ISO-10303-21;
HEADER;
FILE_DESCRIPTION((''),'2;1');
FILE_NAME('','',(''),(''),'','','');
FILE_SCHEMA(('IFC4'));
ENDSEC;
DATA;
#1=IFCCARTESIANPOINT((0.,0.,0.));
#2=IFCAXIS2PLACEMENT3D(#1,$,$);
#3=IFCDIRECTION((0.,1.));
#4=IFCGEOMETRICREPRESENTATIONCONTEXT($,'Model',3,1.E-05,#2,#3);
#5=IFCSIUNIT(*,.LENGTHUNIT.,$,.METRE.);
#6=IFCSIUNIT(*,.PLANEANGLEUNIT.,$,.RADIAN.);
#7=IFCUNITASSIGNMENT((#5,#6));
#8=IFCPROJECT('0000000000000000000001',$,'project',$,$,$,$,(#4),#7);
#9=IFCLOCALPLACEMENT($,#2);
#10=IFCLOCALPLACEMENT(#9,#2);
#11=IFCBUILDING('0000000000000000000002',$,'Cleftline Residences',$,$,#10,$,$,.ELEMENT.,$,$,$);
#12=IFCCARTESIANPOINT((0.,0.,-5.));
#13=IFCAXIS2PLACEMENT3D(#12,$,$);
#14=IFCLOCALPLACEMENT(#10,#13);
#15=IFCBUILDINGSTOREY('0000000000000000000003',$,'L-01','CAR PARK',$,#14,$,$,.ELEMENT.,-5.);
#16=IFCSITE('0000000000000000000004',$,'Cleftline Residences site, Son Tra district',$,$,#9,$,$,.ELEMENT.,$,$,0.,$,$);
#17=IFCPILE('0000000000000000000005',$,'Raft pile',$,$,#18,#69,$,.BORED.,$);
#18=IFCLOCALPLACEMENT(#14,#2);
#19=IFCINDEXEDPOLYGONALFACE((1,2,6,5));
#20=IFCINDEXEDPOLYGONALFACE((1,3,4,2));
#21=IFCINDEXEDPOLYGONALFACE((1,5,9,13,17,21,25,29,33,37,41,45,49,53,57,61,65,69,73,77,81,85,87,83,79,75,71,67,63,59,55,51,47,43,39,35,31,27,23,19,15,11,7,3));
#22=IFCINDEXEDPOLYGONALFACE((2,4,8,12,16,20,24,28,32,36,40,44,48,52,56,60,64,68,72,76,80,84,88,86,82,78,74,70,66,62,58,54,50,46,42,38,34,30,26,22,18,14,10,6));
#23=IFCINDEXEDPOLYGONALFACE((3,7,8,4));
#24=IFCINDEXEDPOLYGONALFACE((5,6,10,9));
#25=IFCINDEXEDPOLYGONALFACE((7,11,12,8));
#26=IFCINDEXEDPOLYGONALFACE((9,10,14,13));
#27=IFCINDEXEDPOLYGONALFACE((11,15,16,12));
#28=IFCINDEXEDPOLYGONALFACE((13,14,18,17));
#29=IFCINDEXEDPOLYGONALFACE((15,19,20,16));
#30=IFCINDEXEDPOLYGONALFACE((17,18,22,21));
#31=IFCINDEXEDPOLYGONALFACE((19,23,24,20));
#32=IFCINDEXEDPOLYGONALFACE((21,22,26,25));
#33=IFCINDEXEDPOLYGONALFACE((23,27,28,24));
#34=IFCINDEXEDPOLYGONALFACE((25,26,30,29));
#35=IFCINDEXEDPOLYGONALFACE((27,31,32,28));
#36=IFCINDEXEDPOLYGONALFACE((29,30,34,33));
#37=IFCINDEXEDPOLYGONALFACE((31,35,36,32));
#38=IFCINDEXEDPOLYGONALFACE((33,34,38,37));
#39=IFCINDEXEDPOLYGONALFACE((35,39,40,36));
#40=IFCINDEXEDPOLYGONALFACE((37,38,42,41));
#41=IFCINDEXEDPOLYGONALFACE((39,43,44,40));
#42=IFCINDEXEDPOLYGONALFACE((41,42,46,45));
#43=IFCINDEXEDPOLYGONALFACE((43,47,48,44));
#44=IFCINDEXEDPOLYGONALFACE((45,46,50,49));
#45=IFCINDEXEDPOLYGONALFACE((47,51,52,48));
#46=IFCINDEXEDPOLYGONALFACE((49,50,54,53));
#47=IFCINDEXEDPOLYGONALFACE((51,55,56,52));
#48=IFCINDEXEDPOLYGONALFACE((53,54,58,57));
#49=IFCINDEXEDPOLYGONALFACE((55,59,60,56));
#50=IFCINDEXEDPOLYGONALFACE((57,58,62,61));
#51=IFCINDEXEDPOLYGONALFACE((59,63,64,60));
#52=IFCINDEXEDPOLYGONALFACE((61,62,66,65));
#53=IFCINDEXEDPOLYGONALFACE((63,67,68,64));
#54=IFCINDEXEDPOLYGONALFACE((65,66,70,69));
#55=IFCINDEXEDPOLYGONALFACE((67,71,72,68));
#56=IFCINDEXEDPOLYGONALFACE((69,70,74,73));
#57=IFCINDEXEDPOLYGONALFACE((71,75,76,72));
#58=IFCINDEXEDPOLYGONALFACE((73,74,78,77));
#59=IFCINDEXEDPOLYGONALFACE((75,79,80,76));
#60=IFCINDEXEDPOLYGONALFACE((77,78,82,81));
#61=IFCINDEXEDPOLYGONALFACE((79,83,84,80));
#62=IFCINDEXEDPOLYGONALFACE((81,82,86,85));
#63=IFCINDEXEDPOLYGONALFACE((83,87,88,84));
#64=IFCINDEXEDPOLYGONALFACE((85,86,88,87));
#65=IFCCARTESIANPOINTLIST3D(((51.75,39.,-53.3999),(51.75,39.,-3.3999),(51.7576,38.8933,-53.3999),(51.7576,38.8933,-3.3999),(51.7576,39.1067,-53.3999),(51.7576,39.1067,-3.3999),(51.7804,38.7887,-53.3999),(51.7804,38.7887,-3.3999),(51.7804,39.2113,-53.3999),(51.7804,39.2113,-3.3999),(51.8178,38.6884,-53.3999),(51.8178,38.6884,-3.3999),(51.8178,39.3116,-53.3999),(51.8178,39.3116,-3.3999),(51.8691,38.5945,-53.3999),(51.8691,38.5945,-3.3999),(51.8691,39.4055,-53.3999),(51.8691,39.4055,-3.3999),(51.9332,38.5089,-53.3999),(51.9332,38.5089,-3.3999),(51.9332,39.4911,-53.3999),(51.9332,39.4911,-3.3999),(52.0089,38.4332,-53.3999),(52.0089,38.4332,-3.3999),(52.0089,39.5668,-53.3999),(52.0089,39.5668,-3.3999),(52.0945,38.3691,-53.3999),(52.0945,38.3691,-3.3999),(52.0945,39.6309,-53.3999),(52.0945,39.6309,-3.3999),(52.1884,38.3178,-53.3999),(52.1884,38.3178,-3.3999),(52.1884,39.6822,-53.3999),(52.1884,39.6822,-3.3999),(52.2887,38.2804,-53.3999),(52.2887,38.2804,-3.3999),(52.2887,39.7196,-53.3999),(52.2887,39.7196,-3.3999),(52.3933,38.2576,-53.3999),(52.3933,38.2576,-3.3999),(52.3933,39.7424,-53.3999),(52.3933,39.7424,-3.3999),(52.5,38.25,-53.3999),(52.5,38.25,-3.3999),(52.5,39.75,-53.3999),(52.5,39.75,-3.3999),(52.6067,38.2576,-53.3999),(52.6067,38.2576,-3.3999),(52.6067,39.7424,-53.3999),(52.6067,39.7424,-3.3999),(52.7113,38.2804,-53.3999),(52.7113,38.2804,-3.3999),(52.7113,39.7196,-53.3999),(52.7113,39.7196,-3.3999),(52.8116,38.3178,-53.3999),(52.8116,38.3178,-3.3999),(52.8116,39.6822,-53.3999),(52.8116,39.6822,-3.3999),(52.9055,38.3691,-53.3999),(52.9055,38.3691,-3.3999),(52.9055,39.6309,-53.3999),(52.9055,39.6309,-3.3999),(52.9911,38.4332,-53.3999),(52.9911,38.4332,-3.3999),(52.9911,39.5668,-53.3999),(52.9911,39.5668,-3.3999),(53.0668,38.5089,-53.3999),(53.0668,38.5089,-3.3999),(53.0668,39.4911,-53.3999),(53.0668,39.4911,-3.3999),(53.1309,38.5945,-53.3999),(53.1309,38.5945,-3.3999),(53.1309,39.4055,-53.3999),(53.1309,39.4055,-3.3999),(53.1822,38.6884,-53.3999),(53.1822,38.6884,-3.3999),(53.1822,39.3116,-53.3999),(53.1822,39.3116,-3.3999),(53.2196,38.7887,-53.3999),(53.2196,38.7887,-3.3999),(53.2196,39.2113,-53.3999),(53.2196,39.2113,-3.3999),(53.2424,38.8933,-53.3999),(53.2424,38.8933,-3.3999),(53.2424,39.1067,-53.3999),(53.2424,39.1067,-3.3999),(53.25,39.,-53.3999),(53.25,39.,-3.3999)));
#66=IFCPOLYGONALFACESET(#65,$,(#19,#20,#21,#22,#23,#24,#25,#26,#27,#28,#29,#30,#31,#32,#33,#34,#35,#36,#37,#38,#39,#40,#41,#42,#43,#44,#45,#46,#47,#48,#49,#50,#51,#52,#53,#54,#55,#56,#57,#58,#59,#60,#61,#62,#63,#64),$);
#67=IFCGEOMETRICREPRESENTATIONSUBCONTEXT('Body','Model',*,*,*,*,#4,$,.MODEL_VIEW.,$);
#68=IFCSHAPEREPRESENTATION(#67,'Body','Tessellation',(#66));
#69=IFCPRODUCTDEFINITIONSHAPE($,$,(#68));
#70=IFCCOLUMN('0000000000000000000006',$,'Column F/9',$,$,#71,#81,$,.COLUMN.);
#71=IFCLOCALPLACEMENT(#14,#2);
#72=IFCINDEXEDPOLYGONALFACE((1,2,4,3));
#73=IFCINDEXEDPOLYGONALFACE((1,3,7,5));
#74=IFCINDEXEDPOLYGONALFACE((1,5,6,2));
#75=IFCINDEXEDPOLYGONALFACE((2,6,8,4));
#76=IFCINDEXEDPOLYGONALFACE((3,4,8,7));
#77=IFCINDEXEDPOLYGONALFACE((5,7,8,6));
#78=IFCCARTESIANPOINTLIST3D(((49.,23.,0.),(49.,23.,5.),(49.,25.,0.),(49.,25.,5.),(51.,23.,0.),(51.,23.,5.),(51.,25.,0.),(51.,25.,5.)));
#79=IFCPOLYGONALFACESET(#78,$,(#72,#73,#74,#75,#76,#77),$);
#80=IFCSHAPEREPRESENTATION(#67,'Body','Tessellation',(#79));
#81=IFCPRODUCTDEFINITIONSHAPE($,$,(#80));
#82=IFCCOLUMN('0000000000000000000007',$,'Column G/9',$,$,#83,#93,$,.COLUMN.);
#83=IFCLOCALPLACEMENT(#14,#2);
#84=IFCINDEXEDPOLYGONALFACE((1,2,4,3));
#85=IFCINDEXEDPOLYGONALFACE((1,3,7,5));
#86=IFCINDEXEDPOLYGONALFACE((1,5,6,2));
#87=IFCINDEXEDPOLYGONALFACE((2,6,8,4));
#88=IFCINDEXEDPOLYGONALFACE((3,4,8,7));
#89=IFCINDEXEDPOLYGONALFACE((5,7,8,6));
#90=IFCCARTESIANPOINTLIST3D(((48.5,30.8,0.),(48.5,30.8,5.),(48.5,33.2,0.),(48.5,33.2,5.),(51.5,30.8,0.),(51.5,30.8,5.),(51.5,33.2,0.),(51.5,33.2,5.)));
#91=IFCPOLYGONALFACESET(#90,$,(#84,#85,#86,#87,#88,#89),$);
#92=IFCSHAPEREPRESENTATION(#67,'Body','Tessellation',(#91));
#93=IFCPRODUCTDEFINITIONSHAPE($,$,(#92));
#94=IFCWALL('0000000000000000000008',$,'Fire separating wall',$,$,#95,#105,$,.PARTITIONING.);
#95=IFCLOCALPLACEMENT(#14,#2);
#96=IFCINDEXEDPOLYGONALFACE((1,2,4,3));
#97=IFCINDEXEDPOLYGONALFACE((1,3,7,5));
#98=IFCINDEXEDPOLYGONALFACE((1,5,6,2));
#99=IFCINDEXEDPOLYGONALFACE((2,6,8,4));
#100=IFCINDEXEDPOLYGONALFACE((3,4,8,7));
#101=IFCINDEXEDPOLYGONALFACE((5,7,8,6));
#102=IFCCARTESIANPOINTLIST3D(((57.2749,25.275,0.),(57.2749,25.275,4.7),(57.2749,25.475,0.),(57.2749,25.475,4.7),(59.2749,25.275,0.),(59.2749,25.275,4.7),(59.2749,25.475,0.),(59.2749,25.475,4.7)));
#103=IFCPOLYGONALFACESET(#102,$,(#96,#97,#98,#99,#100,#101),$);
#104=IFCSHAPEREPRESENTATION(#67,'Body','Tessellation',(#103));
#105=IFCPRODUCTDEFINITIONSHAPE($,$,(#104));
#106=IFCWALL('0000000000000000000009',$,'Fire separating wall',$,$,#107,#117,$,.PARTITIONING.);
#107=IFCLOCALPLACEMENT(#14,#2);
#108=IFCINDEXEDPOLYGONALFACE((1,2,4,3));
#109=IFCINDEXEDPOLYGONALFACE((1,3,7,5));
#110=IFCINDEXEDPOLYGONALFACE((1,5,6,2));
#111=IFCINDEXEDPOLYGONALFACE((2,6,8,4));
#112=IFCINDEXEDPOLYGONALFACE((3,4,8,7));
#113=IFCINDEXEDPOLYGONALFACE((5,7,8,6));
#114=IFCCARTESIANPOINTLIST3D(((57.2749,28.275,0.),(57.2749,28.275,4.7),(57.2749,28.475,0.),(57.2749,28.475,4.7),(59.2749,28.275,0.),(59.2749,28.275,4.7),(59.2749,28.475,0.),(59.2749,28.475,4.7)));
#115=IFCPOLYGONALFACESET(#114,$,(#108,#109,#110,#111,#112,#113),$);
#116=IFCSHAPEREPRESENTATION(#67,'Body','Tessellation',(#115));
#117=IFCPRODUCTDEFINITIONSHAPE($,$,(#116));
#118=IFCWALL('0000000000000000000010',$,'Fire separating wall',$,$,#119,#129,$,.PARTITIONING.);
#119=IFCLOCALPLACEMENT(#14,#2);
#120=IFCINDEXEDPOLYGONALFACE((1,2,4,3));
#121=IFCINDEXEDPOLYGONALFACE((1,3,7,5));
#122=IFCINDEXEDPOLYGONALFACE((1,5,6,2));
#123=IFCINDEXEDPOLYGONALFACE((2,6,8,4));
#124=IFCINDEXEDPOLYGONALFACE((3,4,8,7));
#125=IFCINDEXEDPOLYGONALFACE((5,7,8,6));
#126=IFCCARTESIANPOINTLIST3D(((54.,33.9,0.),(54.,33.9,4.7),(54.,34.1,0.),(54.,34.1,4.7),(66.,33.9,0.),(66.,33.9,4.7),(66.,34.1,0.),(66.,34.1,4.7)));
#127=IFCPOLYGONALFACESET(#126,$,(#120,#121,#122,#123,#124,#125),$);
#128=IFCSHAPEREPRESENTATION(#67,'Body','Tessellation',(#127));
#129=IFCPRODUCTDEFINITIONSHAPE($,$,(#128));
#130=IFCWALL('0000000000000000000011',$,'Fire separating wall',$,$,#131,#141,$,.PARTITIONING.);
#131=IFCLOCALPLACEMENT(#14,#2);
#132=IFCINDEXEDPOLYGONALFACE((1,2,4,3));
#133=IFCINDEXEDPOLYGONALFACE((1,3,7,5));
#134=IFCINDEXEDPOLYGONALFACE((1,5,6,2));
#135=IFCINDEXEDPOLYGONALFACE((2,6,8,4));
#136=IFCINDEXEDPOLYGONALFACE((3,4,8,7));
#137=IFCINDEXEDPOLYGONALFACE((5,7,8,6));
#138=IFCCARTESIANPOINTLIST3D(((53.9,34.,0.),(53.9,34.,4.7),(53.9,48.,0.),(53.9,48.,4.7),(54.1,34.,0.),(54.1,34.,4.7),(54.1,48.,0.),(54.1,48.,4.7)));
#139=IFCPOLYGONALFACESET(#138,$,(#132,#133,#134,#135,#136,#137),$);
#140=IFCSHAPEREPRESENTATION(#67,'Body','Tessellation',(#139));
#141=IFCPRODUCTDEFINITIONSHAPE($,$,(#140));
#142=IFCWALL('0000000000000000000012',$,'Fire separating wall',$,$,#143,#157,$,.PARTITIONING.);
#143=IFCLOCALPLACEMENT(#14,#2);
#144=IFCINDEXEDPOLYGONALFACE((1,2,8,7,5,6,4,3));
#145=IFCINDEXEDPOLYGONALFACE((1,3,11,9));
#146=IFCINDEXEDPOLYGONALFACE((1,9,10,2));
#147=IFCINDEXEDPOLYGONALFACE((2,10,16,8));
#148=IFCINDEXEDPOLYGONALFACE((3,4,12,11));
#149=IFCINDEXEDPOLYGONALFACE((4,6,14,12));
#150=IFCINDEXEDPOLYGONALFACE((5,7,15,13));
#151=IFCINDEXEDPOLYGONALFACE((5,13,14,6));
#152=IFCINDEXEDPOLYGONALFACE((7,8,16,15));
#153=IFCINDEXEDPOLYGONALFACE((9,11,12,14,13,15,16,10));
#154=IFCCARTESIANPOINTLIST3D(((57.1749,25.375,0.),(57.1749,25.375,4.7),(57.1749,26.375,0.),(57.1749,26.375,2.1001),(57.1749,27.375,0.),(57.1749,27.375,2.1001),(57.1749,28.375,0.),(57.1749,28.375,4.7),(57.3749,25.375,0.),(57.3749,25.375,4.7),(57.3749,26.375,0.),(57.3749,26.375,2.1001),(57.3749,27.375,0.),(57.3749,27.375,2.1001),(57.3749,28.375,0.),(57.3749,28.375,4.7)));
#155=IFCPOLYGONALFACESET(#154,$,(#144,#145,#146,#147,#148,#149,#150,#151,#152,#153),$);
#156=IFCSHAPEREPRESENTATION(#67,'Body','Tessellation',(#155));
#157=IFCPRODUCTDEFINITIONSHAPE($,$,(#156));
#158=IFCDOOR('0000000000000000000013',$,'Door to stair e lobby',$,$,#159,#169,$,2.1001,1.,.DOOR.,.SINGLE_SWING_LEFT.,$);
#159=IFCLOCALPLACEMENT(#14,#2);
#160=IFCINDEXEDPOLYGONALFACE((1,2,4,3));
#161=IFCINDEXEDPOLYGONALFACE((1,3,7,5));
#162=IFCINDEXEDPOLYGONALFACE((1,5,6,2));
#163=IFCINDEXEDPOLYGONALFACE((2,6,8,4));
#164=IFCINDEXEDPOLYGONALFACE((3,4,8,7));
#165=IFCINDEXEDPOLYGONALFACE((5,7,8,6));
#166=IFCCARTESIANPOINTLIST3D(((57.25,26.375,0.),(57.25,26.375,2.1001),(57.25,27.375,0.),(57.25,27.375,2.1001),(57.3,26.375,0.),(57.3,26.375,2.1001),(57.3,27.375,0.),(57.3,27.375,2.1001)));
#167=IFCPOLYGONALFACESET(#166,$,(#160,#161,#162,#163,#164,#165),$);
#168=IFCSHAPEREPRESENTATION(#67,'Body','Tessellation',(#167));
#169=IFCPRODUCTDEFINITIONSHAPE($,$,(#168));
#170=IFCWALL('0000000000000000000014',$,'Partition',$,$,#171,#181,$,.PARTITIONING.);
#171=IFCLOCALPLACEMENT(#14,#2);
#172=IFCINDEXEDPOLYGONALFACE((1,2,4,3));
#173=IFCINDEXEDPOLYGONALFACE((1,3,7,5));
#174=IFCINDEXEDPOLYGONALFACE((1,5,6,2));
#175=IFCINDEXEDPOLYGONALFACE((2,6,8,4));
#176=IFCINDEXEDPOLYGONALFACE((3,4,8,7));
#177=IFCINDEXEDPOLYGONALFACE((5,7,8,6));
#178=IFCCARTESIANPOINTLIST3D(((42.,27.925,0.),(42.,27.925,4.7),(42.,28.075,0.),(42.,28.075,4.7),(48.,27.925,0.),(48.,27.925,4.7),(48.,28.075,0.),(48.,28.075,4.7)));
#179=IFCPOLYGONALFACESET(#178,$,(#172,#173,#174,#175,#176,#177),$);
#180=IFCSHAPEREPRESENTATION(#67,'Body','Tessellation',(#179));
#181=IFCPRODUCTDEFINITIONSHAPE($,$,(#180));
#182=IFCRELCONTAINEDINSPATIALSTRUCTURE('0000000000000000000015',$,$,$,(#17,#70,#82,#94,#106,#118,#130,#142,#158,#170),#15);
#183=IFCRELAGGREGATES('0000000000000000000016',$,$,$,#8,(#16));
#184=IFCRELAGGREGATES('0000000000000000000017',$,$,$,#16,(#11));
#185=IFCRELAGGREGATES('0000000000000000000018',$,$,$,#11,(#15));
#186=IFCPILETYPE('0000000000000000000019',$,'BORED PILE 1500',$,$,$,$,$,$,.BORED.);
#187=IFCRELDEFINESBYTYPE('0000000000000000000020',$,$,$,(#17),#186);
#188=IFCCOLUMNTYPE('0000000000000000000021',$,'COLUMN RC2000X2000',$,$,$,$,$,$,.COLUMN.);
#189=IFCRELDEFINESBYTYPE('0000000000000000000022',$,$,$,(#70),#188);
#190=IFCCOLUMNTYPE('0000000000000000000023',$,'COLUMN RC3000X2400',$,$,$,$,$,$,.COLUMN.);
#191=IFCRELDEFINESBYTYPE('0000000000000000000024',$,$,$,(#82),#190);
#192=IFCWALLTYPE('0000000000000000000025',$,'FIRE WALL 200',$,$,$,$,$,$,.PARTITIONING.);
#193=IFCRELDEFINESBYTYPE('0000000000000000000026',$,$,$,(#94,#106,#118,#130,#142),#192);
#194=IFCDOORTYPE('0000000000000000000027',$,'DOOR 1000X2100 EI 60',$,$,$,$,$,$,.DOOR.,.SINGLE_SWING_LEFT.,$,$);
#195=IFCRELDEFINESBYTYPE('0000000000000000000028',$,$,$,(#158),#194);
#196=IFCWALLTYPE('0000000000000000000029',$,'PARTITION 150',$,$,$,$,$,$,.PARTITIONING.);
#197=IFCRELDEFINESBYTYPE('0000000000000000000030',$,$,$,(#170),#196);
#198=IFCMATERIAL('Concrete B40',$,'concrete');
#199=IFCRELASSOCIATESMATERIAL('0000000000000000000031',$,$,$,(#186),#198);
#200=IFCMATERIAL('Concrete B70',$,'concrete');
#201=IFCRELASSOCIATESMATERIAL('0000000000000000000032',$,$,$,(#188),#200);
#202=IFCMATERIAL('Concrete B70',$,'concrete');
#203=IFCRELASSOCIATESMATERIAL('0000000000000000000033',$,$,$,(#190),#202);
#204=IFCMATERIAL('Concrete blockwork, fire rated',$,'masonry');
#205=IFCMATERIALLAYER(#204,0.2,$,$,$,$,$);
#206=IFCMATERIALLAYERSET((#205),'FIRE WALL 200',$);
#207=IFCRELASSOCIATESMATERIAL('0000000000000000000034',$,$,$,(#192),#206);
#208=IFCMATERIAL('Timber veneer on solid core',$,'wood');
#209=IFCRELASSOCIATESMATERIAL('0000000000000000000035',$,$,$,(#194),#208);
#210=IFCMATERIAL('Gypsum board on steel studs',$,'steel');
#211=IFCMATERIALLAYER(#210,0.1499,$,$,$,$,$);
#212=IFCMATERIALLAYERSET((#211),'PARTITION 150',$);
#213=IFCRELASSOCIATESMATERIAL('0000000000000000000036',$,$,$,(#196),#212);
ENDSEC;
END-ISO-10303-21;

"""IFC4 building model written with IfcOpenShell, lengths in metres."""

from ifc_helpers import new_model, si_unit, direction, frame, frame_2d, origin, origin_2d, place, context, subcontext, project, spatial, rectangle, circle, extrude, material, layer, layer_set, material_profile, profile_set, type_object, element, fill, save


model = new_model("IFC4")

# Units and contexts
model_context = context("Model", 3, precision=1e-05, world=origin(), true_north=direction((0.0, 1.0)))
body_context = subcontext(model_context, "Body", "Model", "MODEL_VIEW")
ifc_project = project(units=[si_unit("LENGTHUNIT", "METRE"), si_unit("PLANEANGLEUNIT", "RADIAN")], contexts=[model_context])

# Site, building, storey
site_placement = place(None, origin())
site = spatial("IfcSite", under=ifc_project, at=site_placement, Name="Cleftline Residences site, Son Tra district", CompositionType="ELEMENT", RefElevation=0.0)
building_placement = place(site_placement, origin())
building = spatial("IfcBuilding", under=site, at=building_placement, Name="Cleftline Residences", CompositionType="ELEMENT")
storey_placement = place(building_placement, frame((0.0, 0.0, -5.0)))
storey = spatial("IfcBuildingStorey", under=building, at=storey_placement, Name="L-01", Description="CAR PARK", CompositionType="ELEMENT", Elevation=-5.0)

# Pile
ifc_material_1 = material(Name="Concrete B40", Category="concrete")
ifc_material_profile_1 = material_profile(ifc_material_1, circle(Radius=0.75, at=origin_2d()))
ifc_profile_set_1 = profile_set([ifc_material_profile_1], Name="Concrete B40")
pile_type = type_object("IfcPileType", Name="BORED PILE 1500", PredefinedType="BORED", material=ifc_profile_set_1)
for number, where, z_axis, x_axis, name in (
    (1, (52.5, 39.0, -3.3999), (0.0, 0.0, -1.0), (1.0, 0.0, 0.0), "Raft pile"),
):
    element("IfcPile", number, at=place(storey_placement, frame(where, z_axis=z_axis, x_axis=x_axis)), inside=storey, type_object=pile_type, Name=name, PredefinedType="BORED", context=body_context, shape_type="SweptSolid", body=[
        extrude(circle(Radius=0.75, at=origin_2d()), origin(), (0.0, 0.0, 1.0), 50.0),
    ])

# Columns
ifc_material_2 = material(Name="Concrete B70", Category="concrete")
ifc_material_profile_2 = material_profile(ifc_material_2, rectangle(XDim=2.0, YDim=2.0, at=origin_2d()))
ifc_profile_set_2 = profile_set([ifc_material_profile_2], Name="Concrete B70")
column_type_1 = type_object("IfcColumnType", Name="COLUMN RC2000X2000", PredefinedType="COLUMN", material=ifc_profile_set_2)
column_1_placement = place(storey_placement, frame((50.0, 24.0, 0.0), z_axis=(0.0, 0.0, 1.0), x_axis=(1.0, 0.0, 0.0)))
element("IfcColumn", 2, at=column_1_placement, inside=storey, type_object=column_type_1, Name="Column F/9", PredefinedType="COLUMN", context=body_context, shape_type="SweptSolid", body=[
    extrude(rectangle(XDim=2.0, YDim=2.0, at=origin_2d()), origin(), (0.0, 0.0, 1.0), 5.0),
])
ifc_material_3 = material(Name="Concrete B70", Category="concrete")
ifc_material_profile_3 = material_profile(ifc_material_3, rectangle(XDim=3.0, YDim=2.3999, at=origin_2d()))
ifc_profile_set_3 = profile_set([ifc_material_profile_3], Name="Concrete B70")
column_type_2 = type_object("IfcColumnType", Name="COLUMN RC3000X2400", PredefinedType="COLUMN", material=ifc_profile_set_3)
column_2_placement = place(storey_placement, frame((50.0, 32.0, 0.0), z_axis=(0.0, 0.0, 1.0), x_axis=(1.0, 0.0, 0.0)))
element("IfcColumn", 3, at=column_2_placement, inside=storey, type_object=column_type_2, Name="Column G/9", PredefinedType="COLUMN", context=body_context, shape_type="SweptSolid", body=[
    extrude(rectangle(XDim=3.0, YDim=2.3999, at=origin_2d()), origin(), (0.0, 0.0, 1.0), 5.0),
])

# Walls
ifc_material_4 = material(Name="Concrete blockwork, fire rated", Category="masonry")
ifc_layer_1 = layer(ifc_material_4, 0.2)
ifc_layer_set_1 = layer_set([ifc_layer_1], Name="FIRE WALL 200")
wall_type_1 = type_object("IfcWallType", Name="FIRE WALL 200", PredefinedType="PARTITIONING", material=ifc_layer_set_1)
for number, where, z_axis, x_axis, name in (
    (4, (57.2749, 25.375, 0.0), (0.0, 0.0, 1.0), (1.0, 0.0, 0.0), "Fire separating wall"),
    (5, (57.2749, 28.375, 0.0), (0.0, 0.0, 1.0), (1.0, 0.0, 0.0), "Fire separating wall"),
):
    element("IfcWall", number, at=place(storey_placement, frame(where, z_axis=z_axis, x_axis=x_axis)), inside=storey, type_object=wall_type_1, Name=name, PredefinedType="PARTITIONING", context=body_context, shape_type="SweptSolid", body=[
        extrude(rectangle(XDim=2.0, YDim=0.2, at=frame_2d((1.0, 0.0))), origin(), (0.0, 0.0, 1.0), 4.7),
    ])
wall_1_placement = place(storey_placement, frame((54.0, 34.0, 0.0), z_axis=(0.0, 0.0, 1.0), x_axis=(1.0, 0.0, 0.0)))
element("IfcWall", 6, at=wall_1_placement, inside=storey, type_object=wall_type_1, Name="Fire separating wall", PredefinedType="PARTITIONING", context=body_context, shape_type="SweptSolid", body=[
    extrude(rectangle(XDim=12.0, YDim=0.2, at=frame_2d((6.0, 0.0))), origin(), (0.0, 0.0, 1.0), 4.7),
])
wall_2_placement = place(storey_placement, frame((54.0, 34.0, 0.0), z_axis=(0.0, 0.0, 1.0), x_axis=(0.0, 1.0, 0.0)))
element("IfcWall", 7, at=wall_2_placement, inside=storey, type_object=wall_type_1, Name="Fire separating wall", PredefinedType="PARTITIONING", context=body_context, shape_type="SweptSolid", body=[
    extrude(rectangle(XDim=14.0, YDim=0.2, at=frame_2d((7.0, 0.0))), origin(), (0.0, 0.0, 1.0), 4.7),
])

# Wall, opening, door
wall_3_placement = place(storey_placement, frame((57.2749, 25.375, 0.0), z_axis=(0.0, 0.0, 1.0), x_axis=(0.0, 1.0, 0.0)))
wall_3 = element("IfcWall", 8, at=wall_3_placement, inside=storey, type_object=wall_type_1, Name="Fire separating wall", PredefinedType="PARTITIONING", context=body_context, shape_type="SweptSolid", body=[
    extrude(rectangle(XDim=3.0, YDim=0.2, at=frame_2d((1.5, 0.0))), origin(), (0.0, 0.0, 1.0), 4.7),
])
opening_1_placement = place(wall_3_placement, frame((1.0, 0.0, 0.0)))
opening_1 = element("IfcOpeningElement", 9, at=opening_1_placement, cuts=wall_3, PredefinedType="OPENING", context=body_context, shape_type="SweptSolid", body=[
    extrude(rectangle(XDim=1.0, YDim=2.1001, at=frame_2d((0.5, 1.05))), frame((0.0, 0.1099, 0.0), z_axis=(0.0, -1.0, 0.0), x_axis=(1.0, 0.0, 0.0)), (0.0, 0.0, 1.0), 0.22),
])
ifc_material_5 = material(Name="Timber veneer on solid core", Category="wood")
door_type_1 = type_object("IfcDoorType", Name="DOOR 1000X2100 EI 60", OperationType="SINGLE_SWING_LEFT", PredefinedType="DOOR", material=ifc_material_5)
door_1_placement = place(opening_1_placement, origin())
door_1 = element("IfcDoor", 10, at=door_1_placement, inside=storey, type_object=door_type_1, Name="Door to stair e lobby", OperationType="SINGLE_SWING_LEFT", OverallHeight=2.1001, OverallWidth=1.0, PredefinedType="DOOR", context=body_context, shape_type="SweptSolid", body=[
    extrude(rectangle(XDim=1.0, YDim=2.1001, at=frame_2d((0.5, 1.05))), frame((0.0, 0.0249, 0.0), z_axis=(0.0, -1.0, 0.0), x_axis=(1.0, 0.0, 0.0)), (0.0, 0.0, 1.0), 0.05),
])
fill(opening_1, door_1)

# Wall
ifc_material_6 = material(Name="Gypsum board on steel studs", Category="steel")
ifc_layer_2 = layer(ifc_material_6, 0.1499)
ifc_layer_set_2 = layer_set([ifc_layer_2], Name="PARTITION 150")
wall_type_2 = type_object("IfcWallType", Name="PARTITION 150", PredefinedType="PARTITIONING", material=ifc_layer_set_2)
wall_4_placement = place(storey_placement, frame((42.0, 28.0, 0.0), z_axis=(0.0, 0.0, 1.0), x_axis=(1.0, 0.0, 0.0)))
element("IfcWall", 11, at=wall_4_placement, inside=storey, type_object=wall_type_2, Name="Partition", PredefinedType="PARTITIONING", context=body_context, shape_type="SweptSolid", body=[
    extrude(rectangle(XDim=6.0, YDim=0.1499, at=frame_2d((3.0, 0.0))), origin(), (0.0, 0.0, 1.0), 4.7),
])

save(model, "model.ifc")
